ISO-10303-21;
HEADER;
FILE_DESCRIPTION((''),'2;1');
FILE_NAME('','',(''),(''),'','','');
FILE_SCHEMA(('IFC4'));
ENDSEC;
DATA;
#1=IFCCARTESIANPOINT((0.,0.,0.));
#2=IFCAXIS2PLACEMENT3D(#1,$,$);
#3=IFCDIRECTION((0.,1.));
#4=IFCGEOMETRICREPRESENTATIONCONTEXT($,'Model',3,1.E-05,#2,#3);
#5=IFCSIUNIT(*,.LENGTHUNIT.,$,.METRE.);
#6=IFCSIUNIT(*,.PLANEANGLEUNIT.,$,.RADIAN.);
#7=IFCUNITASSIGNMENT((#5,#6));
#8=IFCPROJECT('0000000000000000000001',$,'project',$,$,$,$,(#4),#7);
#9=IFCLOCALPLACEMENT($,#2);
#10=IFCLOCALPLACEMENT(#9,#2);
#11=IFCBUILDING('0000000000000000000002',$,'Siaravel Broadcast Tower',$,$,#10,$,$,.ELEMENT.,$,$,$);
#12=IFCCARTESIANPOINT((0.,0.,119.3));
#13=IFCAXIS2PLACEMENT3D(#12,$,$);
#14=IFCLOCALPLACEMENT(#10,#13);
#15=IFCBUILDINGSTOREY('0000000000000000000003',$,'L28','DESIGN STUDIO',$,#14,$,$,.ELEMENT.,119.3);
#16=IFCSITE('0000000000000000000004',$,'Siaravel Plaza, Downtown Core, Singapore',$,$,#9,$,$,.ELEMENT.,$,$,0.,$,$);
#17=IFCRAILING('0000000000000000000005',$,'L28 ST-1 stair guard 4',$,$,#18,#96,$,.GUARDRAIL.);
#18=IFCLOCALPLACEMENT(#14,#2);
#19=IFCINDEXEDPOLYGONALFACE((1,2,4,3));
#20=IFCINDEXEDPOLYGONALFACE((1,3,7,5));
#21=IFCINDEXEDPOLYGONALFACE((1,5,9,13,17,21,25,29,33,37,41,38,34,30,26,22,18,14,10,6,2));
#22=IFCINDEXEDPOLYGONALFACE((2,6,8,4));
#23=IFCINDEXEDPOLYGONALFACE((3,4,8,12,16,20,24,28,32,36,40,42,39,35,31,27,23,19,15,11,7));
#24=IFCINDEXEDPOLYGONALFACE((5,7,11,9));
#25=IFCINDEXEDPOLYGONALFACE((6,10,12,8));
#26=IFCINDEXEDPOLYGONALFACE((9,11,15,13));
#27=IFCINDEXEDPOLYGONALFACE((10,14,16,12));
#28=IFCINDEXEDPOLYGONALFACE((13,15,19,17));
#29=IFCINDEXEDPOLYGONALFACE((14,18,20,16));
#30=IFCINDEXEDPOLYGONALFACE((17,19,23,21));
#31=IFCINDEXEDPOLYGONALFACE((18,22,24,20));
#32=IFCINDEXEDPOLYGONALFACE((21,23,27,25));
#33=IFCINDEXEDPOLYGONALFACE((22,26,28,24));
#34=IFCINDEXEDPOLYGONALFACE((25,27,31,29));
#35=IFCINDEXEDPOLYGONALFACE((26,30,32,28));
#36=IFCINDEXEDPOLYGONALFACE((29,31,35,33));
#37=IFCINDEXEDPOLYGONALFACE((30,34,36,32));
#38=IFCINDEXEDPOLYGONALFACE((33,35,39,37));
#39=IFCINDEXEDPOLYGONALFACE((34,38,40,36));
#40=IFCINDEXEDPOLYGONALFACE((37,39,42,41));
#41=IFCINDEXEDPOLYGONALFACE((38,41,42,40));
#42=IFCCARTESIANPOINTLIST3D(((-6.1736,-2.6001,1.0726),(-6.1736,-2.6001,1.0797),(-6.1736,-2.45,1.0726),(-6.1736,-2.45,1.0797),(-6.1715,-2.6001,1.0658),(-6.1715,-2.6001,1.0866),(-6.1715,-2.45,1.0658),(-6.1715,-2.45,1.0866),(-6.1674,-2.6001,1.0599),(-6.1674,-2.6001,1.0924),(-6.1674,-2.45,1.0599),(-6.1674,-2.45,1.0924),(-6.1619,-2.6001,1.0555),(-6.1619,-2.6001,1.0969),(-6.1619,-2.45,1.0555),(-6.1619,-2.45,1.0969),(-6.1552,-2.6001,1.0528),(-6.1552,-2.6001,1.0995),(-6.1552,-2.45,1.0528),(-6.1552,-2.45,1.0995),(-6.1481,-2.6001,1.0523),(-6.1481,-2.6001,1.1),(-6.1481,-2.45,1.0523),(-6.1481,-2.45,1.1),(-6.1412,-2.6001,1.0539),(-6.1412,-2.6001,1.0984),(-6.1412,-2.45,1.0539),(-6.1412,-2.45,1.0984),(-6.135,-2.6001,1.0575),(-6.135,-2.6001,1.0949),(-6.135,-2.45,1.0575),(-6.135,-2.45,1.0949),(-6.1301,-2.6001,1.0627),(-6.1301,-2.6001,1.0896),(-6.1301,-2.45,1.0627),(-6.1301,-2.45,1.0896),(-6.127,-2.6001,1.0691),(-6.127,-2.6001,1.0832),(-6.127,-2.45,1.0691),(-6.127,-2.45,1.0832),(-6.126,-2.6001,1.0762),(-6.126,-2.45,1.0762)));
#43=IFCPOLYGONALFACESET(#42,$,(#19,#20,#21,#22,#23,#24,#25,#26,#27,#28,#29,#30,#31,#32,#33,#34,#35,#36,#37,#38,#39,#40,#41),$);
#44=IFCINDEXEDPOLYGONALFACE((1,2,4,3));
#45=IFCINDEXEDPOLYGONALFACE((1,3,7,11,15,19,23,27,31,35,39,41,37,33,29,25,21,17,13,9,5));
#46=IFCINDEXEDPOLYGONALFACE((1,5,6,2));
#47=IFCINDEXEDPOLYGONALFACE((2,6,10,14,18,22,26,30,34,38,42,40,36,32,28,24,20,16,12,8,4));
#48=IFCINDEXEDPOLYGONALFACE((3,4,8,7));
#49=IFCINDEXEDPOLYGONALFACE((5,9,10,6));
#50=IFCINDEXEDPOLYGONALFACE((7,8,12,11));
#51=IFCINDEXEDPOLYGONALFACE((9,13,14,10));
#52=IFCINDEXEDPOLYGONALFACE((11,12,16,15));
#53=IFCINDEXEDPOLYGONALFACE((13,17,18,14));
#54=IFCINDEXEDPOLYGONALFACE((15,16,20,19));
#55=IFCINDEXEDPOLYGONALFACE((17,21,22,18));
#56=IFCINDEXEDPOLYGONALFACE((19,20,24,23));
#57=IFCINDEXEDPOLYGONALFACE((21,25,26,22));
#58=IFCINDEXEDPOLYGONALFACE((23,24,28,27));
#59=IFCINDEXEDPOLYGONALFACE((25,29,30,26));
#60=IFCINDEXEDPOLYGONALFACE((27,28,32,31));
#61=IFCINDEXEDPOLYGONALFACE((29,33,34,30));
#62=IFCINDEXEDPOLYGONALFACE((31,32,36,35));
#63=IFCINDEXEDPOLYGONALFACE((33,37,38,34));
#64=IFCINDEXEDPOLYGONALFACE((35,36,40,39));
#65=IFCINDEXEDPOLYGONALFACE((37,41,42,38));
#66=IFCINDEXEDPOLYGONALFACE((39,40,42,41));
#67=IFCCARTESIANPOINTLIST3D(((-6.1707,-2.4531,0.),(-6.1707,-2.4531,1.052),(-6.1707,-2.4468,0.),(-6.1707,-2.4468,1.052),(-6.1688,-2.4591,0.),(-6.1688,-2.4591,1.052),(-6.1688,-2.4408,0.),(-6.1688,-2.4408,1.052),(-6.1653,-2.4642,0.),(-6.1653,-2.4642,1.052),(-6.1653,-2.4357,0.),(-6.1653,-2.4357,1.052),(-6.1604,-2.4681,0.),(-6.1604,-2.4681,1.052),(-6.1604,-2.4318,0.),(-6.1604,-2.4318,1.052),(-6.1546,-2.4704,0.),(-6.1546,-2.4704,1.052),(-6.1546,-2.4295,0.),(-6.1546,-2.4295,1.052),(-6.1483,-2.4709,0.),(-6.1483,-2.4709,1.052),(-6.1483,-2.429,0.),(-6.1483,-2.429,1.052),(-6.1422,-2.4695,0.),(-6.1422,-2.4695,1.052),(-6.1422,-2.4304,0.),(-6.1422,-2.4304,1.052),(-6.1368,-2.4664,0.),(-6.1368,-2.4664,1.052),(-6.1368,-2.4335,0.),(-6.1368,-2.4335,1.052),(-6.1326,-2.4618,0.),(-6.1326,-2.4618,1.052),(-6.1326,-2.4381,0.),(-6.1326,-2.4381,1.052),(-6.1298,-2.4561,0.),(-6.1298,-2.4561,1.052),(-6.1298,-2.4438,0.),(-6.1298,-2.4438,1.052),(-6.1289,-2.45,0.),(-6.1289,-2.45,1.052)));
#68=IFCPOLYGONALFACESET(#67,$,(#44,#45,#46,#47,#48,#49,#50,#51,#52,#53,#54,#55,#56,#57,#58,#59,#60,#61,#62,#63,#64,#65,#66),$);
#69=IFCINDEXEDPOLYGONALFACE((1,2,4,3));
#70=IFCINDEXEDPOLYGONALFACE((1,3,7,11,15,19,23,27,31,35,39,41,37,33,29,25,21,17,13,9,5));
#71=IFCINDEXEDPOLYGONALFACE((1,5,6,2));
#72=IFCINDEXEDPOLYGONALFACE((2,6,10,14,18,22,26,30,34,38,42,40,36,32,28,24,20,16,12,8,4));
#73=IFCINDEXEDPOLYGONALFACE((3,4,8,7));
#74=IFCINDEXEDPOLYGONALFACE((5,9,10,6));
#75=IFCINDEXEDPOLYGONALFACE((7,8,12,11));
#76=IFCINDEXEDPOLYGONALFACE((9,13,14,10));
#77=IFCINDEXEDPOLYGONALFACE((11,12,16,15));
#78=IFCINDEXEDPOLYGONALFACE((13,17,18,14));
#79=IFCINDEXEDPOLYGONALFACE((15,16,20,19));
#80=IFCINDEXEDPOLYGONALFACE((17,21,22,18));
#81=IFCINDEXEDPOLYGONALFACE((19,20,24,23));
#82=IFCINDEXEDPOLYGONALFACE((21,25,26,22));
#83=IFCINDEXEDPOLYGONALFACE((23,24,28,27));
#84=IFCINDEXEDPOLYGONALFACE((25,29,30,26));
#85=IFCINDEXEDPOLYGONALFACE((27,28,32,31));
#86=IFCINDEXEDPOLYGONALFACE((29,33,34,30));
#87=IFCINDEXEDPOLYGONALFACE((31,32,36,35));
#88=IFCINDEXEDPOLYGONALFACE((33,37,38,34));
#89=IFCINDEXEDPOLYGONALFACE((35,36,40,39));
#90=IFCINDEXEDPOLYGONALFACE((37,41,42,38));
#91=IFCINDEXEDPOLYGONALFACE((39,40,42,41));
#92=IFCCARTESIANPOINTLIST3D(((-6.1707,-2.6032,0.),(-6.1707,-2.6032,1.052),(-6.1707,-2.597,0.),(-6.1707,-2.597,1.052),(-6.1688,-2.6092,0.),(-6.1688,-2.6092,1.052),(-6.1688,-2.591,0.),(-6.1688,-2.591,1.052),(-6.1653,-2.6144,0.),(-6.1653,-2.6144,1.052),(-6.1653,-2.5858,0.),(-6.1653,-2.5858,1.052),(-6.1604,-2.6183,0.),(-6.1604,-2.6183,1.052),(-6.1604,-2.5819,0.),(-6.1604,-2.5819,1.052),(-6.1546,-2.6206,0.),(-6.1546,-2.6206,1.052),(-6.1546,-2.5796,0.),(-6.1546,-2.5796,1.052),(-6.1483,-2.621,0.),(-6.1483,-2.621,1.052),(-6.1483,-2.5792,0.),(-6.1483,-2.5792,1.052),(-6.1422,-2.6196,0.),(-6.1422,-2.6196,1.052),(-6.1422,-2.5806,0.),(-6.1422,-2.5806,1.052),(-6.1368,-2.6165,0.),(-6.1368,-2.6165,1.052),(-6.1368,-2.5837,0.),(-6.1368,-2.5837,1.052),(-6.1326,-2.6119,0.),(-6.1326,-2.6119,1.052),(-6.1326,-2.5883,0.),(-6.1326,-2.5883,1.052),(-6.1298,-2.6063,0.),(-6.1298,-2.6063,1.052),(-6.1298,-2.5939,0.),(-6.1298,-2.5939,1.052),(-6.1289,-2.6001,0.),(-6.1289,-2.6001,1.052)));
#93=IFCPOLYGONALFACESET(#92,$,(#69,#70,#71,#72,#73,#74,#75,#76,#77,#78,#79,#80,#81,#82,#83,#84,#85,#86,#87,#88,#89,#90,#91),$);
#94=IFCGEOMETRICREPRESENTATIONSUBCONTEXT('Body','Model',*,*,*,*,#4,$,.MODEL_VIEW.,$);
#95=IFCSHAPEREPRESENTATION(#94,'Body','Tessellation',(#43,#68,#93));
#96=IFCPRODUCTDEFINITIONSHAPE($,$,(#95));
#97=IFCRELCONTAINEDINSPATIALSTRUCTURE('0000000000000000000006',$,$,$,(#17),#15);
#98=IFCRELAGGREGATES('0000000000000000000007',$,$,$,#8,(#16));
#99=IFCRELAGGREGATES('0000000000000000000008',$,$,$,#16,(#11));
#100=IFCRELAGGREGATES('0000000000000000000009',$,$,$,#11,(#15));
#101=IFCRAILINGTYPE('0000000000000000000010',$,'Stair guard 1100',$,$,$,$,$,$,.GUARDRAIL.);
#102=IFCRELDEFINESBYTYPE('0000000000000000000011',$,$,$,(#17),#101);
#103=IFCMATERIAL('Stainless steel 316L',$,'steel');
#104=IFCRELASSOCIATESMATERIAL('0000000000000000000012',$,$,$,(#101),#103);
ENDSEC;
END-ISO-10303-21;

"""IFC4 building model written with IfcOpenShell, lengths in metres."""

from ifc_helpers import new_model, si_unit, direction, frame, origin, origin_2d, place, context, subcontext, project, spatial, circle, extrude, material, type_object, element, save


model = new_model("IFC4")

# Units and contexts
model_context = context("Model", 3, precision=1e-05, world=origin(), true_north=direction((0.0, 1.0)))
body_context = subcontext(model_context, "Body", "Model", "MODEL_VIEW")
ifc_project = project(units=[si_unit("LENGTHUNIT", "METRE"), si_unit("PLANEANGLEUNIT", "RADIAN")], contexts=[model_context])

# Site, building, storey
site_placement = place(None, origin())
site = spatial("IfcSite", under=ifc_project, at=site_placement, Name="Siaravel Plaza, Downtown Core, Singapore", CompositionType="ELEMENT", RefElevation=0.0)
building_placement = place(site_placement, origin())
building = spatial("IfcBuilding", under=site, at=building_placement, Name="Siaravel Broadcast Tower", CompositionType="ELEMENT")
storey_placement = place(building_placement, frame((0.0, 0.0, 119.3)))
storey = spatial("IfcBuildingStorey", under=building, at=storey_placement, Name="L28", Description="DESIGN STUDIO", CompositionType="ELEMENT", Elevation=119.3)

# Shared definitions
ifc_material_1 = material(Name="Stainless steel 316L", Category="steel")

# Railing
railing_type_1 = type_object("IfcRailingType", Name="Stair guard 1100", PredefinedType="GUARDRAIL", material=ifc_material_1)
railing_1_placement = place(storey_placement, frame((-6.1499, -2.45, 0.0)))
element("IfcRailing", 1, at=railing_1_placement, inside=storey, type_object=railing_type_1, Name="L28 ST-1 stair guard 4", PredefinedType="GUARDRAIL", context=body_context, shape_type="SweptSolid", body=[
    extrude(circle(Radius=0.0239, at=origin_2d()), frame((0.0, 0.0, 1.0762), z_axis=(0.0, -1.0, 0.0), x_axis=(1.0, 0.0, 0.0)), (0.0, 0.0, 1.0), 0.1501),
    extrude(circle(Radius=0.021, at=origin_2d()), origin(), (0.0, 0.0, 1.0), 1.052),
    extrude(circle(Radius=0.021, at=origin_2d()), frame((0.0, -0.1501, 0.0)), (0.0, 0.0, 1.0), 1.052),
])

save(model, "model.ifc")
